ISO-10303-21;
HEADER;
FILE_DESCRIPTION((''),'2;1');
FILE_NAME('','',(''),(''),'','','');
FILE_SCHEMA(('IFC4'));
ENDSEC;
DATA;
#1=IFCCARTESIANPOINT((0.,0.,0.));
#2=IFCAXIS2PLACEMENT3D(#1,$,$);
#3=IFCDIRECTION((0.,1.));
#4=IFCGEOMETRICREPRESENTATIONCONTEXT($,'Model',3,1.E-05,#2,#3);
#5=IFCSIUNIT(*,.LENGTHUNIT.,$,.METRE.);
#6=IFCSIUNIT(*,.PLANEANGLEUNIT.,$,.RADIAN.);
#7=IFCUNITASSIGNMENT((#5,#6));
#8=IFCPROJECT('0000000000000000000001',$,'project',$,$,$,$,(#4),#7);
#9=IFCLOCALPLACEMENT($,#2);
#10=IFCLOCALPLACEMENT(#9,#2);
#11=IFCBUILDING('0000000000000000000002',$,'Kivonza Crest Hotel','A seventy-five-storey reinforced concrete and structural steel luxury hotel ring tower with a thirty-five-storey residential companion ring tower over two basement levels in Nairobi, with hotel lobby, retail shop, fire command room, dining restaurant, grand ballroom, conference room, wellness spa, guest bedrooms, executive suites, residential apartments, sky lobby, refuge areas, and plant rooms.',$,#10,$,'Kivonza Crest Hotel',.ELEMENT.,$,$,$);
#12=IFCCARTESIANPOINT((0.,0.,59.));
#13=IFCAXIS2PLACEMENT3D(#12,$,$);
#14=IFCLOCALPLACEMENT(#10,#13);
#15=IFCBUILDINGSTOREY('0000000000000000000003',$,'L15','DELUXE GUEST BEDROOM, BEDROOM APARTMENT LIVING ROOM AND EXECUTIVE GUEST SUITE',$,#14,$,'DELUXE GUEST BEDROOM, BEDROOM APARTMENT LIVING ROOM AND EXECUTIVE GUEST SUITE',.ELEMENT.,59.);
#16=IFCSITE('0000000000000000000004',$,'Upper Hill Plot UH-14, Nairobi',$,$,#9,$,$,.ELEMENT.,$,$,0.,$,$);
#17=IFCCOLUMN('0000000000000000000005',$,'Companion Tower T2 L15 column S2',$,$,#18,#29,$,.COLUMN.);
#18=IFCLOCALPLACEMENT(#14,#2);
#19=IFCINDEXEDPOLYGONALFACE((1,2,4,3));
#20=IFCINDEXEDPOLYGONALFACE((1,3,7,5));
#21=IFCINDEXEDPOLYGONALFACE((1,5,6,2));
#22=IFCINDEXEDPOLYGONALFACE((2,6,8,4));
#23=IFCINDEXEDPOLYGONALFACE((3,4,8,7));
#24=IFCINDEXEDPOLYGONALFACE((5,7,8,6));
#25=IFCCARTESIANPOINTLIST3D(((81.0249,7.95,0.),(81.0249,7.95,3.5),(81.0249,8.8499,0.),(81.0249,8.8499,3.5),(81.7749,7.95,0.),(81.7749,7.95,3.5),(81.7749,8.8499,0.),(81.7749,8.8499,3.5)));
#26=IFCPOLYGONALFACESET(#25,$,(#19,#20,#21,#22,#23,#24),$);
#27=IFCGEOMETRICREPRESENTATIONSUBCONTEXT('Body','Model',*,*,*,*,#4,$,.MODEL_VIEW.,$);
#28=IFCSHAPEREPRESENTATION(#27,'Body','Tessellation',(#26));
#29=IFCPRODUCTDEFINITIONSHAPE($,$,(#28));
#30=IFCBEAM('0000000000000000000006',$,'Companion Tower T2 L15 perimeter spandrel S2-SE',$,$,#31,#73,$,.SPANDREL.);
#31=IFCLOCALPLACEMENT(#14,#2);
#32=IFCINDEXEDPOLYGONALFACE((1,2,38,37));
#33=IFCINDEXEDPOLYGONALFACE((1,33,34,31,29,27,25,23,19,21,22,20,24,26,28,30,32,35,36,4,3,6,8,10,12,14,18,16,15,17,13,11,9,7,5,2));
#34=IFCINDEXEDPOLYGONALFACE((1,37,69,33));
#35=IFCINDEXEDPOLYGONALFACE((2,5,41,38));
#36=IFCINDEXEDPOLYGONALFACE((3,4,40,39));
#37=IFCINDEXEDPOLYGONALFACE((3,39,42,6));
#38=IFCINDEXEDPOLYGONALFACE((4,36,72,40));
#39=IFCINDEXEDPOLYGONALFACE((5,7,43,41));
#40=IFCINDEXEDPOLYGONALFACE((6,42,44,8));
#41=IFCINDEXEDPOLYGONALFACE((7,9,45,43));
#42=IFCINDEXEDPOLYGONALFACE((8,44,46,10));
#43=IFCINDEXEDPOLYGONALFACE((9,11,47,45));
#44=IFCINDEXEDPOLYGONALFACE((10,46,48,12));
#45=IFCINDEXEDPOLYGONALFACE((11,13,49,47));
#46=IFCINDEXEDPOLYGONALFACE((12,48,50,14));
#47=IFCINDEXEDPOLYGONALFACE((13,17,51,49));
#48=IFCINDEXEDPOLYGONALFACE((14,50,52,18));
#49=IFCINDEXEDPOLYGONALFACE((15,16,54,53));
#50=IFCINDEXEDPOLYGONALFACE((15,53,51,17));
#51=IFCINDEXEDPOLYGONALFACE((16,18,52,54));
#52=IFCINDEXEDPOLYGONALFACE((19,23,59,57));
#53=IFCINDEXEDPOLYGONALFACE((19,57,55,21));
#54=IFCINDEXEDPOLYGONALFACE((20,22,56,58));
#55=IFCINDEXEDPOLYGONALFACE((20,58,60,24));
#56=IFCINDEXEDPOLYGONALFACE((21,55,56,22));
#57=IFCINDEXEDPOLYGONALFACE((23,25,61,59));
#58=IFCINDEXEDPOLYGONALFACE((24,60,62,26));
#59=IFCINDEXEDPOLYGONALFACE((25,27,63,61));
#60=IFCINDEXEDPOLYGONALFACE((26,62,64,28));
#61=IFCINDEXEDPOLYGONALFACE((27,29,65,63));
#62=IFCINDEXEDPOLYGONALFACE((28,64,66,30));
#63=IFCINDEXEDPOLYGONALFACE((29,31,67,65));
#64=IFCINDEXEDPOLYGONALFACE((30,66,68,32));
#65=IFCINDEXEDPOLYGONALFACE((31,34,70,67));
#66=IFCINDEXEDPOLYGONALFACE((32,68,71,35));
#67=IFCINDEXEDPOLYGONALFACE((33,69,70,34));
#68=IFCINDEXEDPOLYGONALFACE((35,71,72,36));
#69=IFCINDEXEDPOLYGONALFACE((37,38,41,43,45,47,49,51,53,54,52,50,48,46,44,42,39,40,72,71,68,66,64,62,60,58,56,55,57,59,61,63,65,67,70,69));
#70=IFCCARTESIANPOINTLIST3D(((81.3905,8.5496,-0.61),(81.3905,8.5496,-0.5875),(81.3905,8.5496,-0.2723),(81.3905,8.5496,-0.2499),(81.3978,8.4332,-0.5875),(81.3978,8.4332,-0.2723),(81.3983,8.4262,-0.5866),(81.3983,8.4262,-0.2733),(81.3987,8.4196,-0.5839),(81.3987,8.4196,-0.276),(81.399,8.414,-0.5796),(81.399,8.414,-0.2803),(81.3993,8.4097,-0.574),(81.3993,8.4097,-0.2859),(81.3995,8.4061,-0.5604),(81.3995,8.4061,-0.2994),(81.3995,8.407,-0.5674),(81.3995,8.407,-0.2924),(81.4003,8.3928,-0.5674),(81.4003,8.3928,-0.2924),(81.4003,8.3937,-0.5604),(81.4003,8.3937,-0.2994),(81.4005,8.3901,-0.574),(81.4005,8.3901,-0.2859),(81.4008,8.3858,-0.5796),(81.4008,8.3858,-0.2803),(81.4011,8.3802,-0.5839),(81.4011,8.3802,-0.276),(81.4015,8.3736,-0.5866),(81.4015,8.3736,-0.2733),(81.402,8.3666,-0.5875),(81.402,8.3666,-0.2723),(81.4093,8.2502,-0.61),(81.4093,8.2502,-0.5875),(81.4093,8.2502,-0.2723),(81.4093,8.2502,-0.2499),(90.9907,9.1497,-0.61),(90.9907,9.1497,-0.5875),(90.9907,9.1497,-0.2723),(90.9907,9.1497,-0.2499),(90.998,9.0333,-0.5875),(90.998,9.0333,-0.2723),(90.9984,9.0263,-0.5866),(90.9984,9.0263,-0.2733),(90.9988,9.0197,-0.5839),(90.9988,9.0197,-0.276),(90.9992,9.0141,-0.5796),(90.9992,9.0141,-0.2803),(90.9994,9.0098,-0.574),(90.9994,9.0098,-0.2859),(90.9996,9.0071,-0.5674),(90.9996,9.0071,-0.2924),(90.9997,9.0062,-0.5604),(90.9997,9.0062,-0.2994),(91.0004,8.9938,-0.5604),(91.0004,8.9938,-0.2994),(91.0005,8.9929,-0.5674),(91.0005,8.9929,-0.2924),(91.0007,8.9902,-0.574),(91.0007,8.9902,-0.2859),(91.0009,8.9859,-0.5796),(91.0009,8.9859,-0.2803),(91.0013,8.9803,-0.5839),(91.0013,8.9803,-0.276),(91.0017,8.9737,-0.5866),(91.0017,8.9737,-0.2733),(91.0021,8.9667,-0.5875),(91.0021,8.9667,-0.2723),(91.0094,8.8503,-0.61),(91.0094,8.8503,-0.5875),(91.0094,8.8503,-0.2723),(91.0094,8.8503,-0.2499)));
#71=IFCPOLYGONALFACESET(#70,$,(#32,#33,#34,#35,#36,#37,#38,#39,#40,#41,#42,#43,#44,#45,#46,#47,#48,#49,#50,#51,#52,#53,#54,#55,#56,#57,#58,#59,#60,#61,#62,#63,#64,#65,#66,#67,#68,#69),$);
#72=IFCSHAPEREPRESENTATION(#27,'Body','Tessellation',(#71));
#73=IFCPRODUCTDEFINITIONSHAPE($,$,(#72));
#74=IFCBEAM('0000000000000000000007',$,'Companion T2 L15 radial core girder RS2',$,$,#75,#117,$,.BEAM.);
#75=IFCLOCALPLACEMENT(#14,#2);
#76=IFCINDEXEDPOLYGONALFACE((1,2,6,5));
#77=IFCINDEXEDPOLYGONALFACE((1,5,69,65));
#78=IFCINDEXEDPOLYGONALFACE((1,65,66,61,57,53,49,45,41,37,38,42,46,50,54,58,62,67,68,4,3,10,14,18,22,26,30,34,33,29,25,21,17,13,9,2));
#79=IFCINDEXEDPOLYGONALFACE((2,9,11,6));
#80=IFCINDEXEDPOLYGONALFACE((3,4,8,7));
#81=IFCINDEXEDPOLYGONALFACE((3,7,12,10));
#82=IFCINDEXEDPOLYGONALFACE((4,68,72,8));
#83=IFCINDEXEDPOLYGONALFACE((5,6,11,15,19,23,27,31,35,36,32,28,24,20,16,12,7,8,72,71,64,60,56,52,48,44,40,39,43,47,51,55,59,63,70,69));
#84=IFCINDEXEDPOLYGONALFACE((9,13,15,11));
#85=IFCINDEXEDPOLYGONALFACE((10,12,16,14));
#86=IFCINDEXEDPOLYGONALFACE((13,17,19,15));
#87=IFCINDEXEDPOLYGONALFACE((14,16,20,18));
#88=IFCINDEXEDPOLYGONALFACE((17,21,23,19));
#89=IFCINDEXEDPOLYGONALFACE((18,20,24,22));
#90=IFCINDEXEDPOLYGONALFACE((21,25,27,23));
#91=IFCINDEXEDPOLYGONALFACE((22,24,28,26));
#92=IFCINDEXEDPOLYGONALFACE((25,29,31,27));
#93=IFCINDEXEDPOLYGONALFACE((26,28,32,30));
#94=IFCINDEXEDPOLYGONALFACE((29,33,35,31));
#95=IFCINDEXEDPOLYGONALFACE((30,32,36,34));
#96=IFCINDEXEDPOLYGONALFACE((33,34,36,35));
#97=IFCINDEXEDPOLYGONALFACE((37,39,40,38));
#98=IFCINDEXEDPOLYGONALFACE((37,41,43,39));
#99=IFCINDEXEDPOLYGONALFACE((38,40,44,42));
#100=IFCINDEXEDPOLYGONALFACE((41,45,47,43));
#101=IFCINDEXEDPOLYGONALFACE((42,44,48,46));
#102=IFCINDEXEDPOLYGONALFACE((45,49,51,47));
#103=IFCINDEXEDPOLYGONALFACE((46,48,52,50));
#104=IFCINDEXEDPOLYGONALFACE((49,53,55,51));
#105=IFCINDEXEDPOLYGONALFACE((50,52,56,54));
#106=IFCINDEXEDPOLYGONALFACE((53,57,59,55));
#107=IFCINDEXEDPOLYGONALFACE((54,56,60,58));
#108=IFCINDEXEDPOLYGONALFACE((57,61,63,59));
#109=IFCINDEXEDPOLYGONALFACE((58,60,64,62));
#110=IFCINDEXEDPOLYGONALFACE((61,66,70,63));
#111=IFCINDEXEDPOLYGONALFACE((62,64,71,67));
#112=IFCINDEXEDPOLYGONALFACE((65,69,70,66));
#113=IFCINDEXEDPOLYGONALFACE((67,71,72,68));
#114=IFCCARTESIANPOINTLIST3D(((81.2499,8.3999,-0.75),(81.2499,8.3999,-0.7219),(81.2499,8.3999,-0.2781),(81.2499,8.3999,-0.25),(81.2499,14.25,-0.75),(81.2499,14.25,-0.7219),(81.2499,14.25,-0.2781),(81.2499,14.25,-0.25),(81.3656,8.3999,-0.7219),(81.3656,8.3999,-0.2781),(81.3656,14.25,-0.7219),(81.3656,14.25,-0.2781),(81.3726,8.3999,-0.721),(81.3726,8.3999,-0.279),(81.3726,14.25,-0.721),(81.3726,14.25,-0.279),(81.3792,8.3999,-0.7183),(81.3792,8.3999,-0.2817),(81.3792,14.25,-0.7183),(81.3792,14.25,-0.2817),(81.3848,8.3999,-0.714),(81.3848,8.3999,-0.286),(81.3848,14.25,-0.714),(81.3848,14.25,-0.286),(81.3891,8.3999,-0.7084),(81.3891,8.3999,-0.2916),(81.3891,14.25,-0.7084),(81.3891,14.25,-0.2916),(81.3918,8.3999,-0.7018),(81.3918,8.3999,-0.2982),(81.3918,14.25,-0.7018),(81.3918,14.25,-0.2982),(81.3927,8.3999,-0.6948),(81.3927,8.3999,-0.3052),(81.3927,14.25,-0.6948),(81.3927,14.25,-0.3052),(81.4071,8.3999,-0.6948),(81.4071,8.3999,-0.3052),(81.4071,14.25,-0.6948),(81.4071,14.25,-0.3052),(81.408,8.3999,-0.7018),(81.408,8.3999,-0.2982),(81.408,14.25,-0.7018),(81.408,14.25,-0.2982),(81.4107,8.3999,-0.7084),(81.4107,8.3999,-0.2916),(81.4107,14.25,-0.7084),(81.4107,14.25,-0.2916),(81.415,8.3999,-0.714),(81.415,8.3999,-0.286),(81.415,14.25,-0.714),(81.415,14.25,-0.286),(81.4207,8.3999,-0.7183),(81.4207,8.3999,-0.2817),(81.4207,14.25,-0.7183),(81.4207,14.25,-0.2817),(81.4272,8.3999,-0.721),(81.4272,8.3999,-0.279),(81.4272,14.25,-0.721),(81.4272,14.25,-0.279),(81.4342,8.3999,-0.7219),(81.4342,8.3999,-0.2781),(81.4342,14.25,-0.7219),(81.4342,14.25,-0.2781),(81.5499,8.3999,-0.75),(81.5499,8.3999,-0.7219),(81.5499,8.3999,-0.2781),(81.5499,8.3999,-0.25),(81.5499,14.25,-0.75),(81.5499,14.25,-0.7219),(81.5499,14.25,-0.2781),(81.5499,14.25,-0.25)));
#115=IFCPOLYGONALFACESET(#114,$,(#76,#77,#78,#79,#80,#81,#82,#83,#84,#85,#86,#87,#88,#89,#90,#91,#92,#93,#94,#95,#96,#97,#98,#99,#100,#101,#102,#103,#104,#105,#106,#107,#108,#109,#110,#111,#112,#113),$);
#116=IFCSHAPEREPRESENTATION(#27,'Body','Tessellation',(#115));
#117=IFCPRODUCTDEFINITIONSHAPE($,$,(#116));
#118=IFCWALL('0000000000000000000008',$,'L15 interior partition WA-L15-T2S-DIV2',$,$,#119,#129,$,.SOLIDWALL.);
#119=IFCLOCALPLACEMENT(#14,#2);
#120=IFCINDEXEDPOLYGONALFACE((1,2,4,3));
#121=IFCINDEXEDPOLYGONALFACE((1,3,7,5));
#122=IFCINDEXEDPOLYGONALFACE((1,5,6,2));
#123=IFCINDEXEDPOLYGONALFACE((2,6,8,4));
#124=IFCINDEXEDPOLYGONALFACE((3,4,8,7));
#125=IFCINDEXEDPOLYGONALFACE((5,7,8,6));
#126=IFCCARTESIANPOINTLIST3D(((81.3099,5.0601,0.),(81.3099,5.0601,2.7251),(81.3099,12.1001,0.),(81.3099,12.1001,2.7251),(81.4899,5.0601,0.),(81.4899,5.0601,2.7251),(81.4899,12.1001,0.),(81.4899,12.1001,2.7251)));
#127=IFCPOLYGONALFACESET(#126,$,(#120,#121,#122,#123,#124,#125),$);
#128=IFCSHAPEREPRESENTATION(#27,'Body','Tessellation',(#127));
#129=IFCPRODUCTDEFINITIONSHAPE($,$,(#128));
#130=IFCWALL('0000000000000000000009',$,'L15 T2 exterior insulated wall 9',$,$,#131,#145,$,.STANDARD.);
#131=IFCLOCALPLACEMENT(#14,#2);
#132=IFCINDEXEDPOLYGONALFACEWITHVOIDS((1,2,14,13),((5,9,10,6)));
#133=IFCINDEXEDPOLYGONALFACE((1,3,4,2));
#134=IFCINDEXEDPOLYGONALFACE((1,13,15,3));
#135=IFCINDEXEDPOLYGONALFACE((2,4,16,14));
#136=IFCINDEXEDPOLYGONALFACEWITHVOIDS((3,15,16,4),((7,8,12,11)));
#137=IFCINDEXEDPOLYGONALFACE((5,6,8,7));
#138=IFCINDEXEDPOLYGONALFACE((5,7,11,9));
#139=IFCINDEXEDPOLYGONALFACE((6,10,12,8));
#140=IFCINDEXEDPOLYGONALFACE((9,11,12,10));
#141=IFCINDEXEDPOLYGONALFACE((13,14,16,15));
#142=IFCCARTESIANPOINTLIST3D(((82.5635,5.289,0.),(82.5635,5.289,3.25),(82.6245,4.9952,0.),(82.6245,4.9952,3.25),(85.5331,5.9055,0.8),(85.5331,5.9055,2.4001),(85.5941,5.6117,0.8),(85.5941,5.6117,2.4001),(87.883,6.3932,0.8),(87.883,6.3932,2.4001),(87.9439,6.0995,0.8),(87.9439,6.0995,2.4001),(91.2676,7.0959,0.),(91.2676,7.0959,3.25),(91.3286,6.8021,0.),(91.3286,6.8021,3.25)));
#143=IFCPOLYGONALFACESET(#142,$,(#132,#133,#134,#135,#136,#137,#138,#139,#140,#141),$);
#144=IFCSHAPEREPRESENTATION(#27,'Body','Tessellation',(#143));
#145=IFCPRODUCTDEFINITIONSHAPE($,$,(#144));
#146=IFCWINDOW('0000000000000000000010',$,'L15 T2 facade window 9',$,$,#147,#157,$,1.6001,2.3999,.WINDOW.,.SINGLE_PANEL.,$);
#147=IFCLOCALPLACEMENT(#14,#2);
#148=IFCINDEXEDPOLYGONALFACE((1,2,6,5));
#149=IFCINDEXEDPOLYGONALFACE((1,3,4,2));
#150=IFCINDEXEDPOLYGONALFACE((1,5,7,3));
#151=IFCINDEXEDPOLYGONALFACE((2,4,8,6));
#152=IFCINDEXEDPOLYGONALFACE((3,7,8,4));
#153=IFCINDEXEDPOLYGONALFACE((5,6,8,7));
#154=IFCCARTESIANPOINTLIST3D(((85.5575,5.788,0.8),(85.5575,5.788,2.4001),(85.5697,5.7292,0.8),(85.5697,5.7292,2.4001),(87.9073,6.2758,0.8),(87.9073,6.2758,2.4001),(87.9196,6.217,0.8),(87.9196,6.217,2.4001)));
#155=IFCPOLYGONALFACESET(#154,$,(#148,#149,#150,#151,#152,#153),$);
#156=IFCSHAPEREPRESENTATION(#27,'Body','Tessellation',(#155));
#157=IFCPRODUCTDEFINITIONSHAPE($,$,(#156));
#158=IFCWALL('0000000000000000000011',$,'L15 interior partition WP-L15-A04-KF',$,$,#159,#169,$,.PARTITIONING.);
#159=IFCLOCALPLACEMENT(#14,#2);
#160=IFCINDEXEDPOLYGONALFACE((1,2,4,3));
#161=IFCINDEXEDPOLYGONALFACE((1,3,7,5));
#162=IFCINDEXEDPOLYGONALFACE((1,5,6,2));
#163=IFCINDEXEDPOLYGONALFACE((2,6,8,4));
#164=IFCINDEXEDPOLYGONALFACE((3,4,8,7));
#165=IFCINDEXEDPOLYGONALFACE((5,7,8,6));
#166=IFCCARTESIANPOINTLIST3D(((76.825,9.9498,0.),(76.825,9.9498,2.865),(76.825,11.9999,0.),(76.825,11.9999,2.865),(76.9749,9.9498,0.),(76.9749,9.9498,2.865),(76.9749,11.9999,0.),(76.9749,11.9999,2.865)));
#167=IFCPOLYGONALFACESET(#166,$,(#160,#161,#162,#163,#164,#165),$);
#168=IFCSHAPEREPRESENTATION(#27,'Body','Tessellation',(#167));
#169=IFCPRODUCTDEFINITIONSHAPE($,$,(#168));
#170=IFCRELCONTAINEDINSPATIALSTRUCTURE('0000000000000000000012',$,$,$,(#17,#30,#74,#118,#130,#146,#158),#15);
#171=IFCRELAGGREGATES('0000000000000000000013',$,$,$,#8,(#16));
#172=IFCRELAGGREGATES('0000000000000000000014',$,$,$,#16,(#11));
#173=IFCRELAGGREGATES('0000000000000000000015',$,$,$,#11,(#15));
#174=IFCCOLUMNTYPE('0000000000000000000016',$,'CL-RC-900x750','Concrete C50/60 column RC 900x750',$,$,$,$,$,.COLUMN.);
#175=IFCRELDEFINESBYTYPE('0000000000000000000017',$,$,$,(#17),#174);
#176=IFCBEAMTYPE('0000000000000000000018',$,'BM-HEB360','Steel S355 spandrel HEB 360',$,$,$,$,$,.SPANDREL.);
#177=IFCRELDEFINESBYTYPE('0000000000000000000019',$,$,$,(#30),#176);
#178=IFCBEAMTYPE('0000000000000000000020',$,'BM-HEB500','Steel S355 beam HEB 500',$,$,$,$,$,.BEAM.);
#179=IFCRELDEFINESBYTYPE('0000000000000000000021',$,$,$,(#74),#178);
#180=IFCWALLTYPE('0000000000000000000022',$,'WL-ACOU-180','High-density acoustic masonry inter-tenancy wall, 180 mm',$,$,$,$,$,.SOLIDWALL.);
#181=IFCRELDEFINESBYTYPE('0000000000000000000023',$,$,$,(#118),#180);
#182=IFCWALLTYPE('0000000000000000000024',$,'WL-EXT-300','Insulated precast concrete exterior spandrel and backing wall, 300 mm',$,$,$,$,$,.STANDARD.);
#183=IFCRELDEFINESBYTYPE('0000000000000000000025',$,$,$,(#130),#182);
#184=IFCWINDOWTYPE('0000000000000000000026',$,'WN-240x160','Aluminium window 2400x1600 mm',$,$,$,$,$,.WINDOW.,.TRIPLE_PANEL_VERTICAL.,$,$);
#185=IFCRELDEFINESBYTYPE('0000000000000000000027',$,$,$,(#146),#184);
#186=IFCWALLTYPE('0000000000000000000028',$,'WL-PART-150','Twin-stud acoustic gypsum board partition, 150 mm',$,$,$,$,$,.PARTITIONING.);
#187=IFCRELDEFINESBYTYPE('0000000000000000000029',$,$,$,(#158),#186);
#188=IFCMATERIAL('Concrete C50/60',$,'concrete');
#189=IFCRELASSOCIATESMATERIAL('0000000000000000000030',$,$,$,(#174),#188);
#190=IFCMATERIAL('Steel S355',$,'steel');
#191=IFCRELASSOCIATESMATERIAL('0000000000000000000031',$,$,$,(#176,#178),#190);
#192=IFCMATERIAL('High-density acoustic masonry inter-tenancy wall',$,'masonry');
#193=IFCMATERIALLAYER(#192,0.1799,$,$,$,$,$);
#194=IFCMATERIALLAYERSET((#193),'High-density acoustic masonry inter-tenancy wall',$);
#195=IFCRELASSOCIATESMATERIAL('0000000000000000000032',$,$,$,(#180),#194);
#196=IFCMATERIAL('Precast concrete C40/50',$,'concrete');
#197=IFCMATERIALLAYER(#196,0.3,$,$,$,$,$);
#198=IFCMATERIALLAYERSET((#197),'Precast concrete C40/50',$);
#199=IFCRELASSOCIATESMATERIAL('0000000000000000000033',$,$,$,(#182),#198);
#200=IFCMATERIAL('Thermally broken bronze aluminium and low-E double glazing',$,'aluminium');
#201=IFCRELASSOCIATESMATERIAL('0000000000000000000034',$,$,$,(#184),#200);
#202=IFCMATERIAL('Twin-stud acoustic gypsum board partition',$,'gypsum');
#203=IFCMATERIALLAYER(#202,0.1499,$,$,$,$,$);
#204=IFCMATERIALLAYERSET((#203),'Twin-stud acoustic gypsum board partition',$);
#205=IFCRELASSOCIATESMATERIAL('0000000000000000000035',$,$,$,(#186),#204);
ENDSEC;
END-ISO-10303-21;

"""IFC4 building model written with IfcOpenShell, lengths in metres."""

from ifc_helpers import new_model, si_unit, direction, frame, frame_2d, origin, origin_2d, place, context, subcontext, project, spatial, rectangle, i_section, extrude, material, layer, layer_set, material_profile, profile_set, type_object, element, fill, save


model = new_model("IFC4")

# Units and contexts
model_context = context("Model", 3, precision=1e-05, world=origin(), true_north=direction((0.0, 1.0)))
body_context = subcontext(model_context, "Body", "Model", "MODEL_VIEW")
ifc_project = project(units=[si_unit("LENGTHUNIT", "METRE"), si_unit("PLANEANGLEUNIT", "RADIAN")], contexts=[model_context])

# Site, building, storey
site_placement = place(None, origin())
site = spatial("IfcSite", under=ifc_project, at=site_placement, Name="Upper Hill Plot UH-14, Nairobi", CompositionType="ELEMENT", RefElevation=0.0)
building_placement = place(site_placement, origin())
building = spatial("IfcBuilding", under=site, at=building_placement, Name="Kivonza Crest Hotel", Description="A seventy-five-storey reinforced concrete and structural steel luxury hotel ring tower with a thirty-five-storey residential companion ring tower over two basement levels in Nairobi, with hotel lobby, retail shop, fire command room, dining restaurant, grand ballroom, conference room, wellness spa, guest bedrooms, executive suites, residential apartments, sky lobby, refuge areas, and plant rooms.", LongName="Kivonza Crest Hotel", CompositionType="ELEMENT")
storey_placement = place(building_placement, frame((0.0, 0.0, 59.0)))
storey = spatial("IfcBuildingStorey", under=building, at=storey_placement, Name="L15", Description="DELUXE GUEST BEDROOM, BEDROOM APARTMENT LIVING ROOM AND EXECUTIVE GUEST SUITE", LongName="DELUXE GUEST BEDROOM, BEDROOM APARTMENT LIVING ROOM AND EXECUTIVE GUEST SUITE", CompositionType="ELEMENT", Elevation=59.0)

# Column
ifc_material_1 = material(Name="Concrete C50/60", Category="concrete")
ifc_material_profile_1 = material_profile(ifc_material_1, rectangle(XDim=0.75, YDim=0.8999, at=origin_2d()), Name="RC 900x750")
ifc_profile_set_1 = profile_set([ifc_material_profile_1], Name="Concrete C50/60")
column_type = type_object("IfcColumnType", Name="CL-RC-900x750", Description="Concrete C50/60 column RC 900x750", PredefinedType="COLUMN", material=ifc_profile_set_1)
column_placement = place(storey_placement, frame((81.3999, 8.3999, 0.0), z_axis=(0.0, 0.0, 1.0), x_axis=(1.0, 0.0, 0.0)))
element("IfcColumn", 1, at=column_placement, inside=storey, type_object=column_type, Name="Companion Tower T2 L15 column S2", PredefinedType="COLUMN", context=body_context, shape_type="SweptSolid", body=[
    extrude(rectangle(XDim=0.75, YDim=0.8999, at=origin_2d()), origin(), (0.0, 0.0, 1.0), 3.5),
])

# Beams
ifc_material_2 = material(Name="Steel S355", Category="steel")
ifc_material_profile_2 = material_profile(ifc_material_2, i_section(OverallWidth=0.3, OverallDepth=0.3601, WebThickness=0.0125, FlangeThickness=0.0225, FilletRadius=0.0271, at=origin_2d()), Name="HEB 360")
ifc_profile_set_2 = profile_set([ifc_material_profile_2], Name="Steel S355")
beam_type_1 = type_object("IfcBeamType", Name="BM-HEB360", Description="Steel S355 spandrel HEB 360", PredefinedType="SPANDREL", material=ifc_profile_set_2)
beam_1_placement = place(storey_placement, frame((81.3999, 8.3999, -0.4299), z_axis=(0.998052, 0.062388, 0.0), x_axis=(-0.062388, 0.998052, 0.0)))
element("IfcBeam", 2, at=beam_1_placement, inside=storey, type_object=beam_type_1, Name="Companion Tower T2 L15 perimeter spandrel S2-SE", PredefinedType="SPANDREL", context=body_context, shape_type="SweptSolid", body=[
    extrude(i_section(OverallWidth=0.3, OverallDepth=0.3601, WebThickness=0.0125, FlangeThickness=0.0225, FilletRadius=0.0271, at=origin_2d()), origin(), (0.0, 0.0, 1.0), 9.6189),
])
ifc_material_profile_3 = material_profile(ifc_material_2, i_section(OverallWidth=0.3, OverallDepth=0.5, WebThickness=0.0144, FlangeThickness=0.0281, FilletRadius=0.0271, at=origin_2d()), Name="HEB 500")
ifc_profile_set_3 = profile_set([ifc_material_profile_3], Name="Steel S355")
beam_type_2 = type_object("IfcBeamType", Name="BM-HEB500", Description="Steel S355 beam HEB 500", PredefinedType="BEAM", material=ifc_profile_set_3)
beam_2_placement = place(storey_placement, frame((81.3999, 8.3999, -0.5), z_axis=(0.0, 1.0, 0.0), x_axis=(-1.0, 0.0, 0.0)))
element("IfcBeam", 3, at=beam_2_placement, inside=storey, type_object=beam_type_2, Name="Companion T2 L15 radial core girder RS2", PredefinedType="BEAM", context=body_context, shape_type="SweptSolid", body=[
    extrude(i_section(OverallWidth=0.3, OverallDepth=0.5, WebThickness=0.0144, FlangeThickness=0.0281, FilletRadius=0.0271, at=origin_2d()), origin(), (0.0, 0.0, 1.0), 5.8501),
])

# Wall
ifc_material_3 = material(Name="High-density acoustic masonry inter-tenancy wall", Category="masonry")
ifc_layer_1 = layer(ifc_material_3, 0.1799)
ifc_layer_set_1 = layer_set([ifc_layer_1], Name="High-density acoustic masonry inter-tenancy wall")
wall_type_1 = type_object("IfcWallType", Name="WL-ACOU-180", Description="High-density acoustic masonry inter-tenancy wall, 180 mm", PredefinedType="SOLIDWALL", material=ifc_layer_set_1)
wall_1_placement = place(storey_placement, frame((81.3999, 5.0601, 0.0), z_axis=(0.0, 0.0, 1.0), x_axis=(0.0, 1.0, 0.0)))
element("IfcWall", 4, at=wall_1_placement, inside=storey, type_object=wall_type_1, Name="L15 interior partition WA-L15-T2S-DIV2", PredefinedType="SOLIDWALL", context=body_context, shape_type="SweptSolid", body=[
    extrude(rectangle(XDim=7.04, YDim=0.1799, at=frame_2d((3.52, 0.0))), origin(), (0.0, 0.0, 1.0), 2.7251),
])

# Wall, opening, window
ifc_material_4 = material(Name="Precast concrete C40/50", Category="concrete")
ifc_layer_2 = layer(ifc_material_4, 0.3)
ifc_layer_set_2 = layer_set([ifc_layer_2], Name="Precast concrete C40/50")
wall_type_2 = type_object("IfcWallType", Name="WL-EXT-300", Description="Insulated precast concrete exterior spandrel and backing wall, 300 mm", PredefinedType="STANDARD", material=ifc_layer_set_2)
wall_2_placement = place(storey_placement, frame((82.594, 5.1421, 0.0), z_axis=(0.0, 0.0, 1.0), x_axis=(0.979125, 0.203257, 0.0)))
wall_2 = element("IfcWall", 5, at=wall_2_placement, inside=storey, type_object=wall_type_2, Name="L15 T2 exterior insulated wall 9", PredefinedType="STANDARD", context=body_context, shape_type="SweptSolid", body=[
    extrude(rectangle(XDim=8.8896, YDim=0.3, at=frame_2d((4.4448, 0.0))), origin(), (0.0, 0.0, 1.0), 3.25),
])
opening_1_placement = place(wall_2_placement, frame((3.033, 0.0, 0.8)))
opening_1 = element("IfcOpeningElement", 6, at=opening_1_placement, cuts=wall_2, PredefinedType="OPENING", context=body_context, shape_type="SweptSolid", body=[
    extrude(rectangle(XDim=2.3999, YDim=1.6001, at=frame_2d((1.2, 0.8))), frame((0.0, 0.1602, 0.0), z_axis=(0.0, -1.0, 0.0), x_axis=(1.0, 0.0, 0.0)), (0.0, 0.0, 1.0), 0.3201),
])
ifc_material_5 = material(Name="Thermally broken bronze aluminium and low-E double glazing", Category="aluminium")
window_type = type_object("IfcWindowType", Name="WN-240x160", Description="Aluminium window 2400x1600 mm", PartitioningType="TRIPLE_PANEL_VERTICAL", PredefinedType="WINDOW", material=ifc_material_5)
window_placement = place(opening_1_placement, origin())
window = element("IfcWindow", 7, at=window_placement, inside=storey, type_object=window_type, Name="L15 T2 facade window 9", OverallHeight=1.6001, OverallWidth=2.3999, PartitioningType="SINGLE_PANEL", PredefinedType="WINDOW", context=body_context, shape_type="SweptSolid", body=[
    extrude(rectangle(XDim=2.3999, YDim=1.6001, at=frame_2d((1.2, 0.8))), frame((0.0, 0.03, 0.0), z_axis=(0.0, -1.0, 0.0), x_axis=(1.0, 0.0, 0.0)), (0.0, 0.0, 1.0), 0.0601),
])
fill(opening_1, window)

# Wall
ifc_material_6 = material(Name="Twin-stud acoustic gypsum board partition", Category="gypsum")
ifc_layer_3 = layer(ifc_material_6, 0.1499)
ifc_layer_set_3 = layer_set([ifc_layer_3], Name="Twin-stud acoustic gypsum board partition")
wall_type_3 = type_object("IfcWallType", Name="WL-PART-150", Description="Twin-stud acoustic gypsum board partition, 150 mm", PredefinedType="PARTITIONING", material=ifc_layer_set_3)
wall_3_placement = place(storey_placement, frame((76.8999, 9.95, 0.0), z_axis=(0.0, 0.0, 1.0), x_axis=(0.0, 1.0, 0.0)))
element("IfcWall", 8, at=wall_3_placement, inside=storey, type_object=wall_type_3, Name="L15 interior partition WP-L15-A04-KF", PredefinedType="PARTITIONING", context=body_context, shape_type="SweptSolid", body=[
    extrude(rectangle(XDim=2.05, YDim=0.1499, at=frame_2d((1.0249, 0.0))), origin(), (0.0, 0.0, 1.0), 2.865),
])

save(model, "model.ifc")
